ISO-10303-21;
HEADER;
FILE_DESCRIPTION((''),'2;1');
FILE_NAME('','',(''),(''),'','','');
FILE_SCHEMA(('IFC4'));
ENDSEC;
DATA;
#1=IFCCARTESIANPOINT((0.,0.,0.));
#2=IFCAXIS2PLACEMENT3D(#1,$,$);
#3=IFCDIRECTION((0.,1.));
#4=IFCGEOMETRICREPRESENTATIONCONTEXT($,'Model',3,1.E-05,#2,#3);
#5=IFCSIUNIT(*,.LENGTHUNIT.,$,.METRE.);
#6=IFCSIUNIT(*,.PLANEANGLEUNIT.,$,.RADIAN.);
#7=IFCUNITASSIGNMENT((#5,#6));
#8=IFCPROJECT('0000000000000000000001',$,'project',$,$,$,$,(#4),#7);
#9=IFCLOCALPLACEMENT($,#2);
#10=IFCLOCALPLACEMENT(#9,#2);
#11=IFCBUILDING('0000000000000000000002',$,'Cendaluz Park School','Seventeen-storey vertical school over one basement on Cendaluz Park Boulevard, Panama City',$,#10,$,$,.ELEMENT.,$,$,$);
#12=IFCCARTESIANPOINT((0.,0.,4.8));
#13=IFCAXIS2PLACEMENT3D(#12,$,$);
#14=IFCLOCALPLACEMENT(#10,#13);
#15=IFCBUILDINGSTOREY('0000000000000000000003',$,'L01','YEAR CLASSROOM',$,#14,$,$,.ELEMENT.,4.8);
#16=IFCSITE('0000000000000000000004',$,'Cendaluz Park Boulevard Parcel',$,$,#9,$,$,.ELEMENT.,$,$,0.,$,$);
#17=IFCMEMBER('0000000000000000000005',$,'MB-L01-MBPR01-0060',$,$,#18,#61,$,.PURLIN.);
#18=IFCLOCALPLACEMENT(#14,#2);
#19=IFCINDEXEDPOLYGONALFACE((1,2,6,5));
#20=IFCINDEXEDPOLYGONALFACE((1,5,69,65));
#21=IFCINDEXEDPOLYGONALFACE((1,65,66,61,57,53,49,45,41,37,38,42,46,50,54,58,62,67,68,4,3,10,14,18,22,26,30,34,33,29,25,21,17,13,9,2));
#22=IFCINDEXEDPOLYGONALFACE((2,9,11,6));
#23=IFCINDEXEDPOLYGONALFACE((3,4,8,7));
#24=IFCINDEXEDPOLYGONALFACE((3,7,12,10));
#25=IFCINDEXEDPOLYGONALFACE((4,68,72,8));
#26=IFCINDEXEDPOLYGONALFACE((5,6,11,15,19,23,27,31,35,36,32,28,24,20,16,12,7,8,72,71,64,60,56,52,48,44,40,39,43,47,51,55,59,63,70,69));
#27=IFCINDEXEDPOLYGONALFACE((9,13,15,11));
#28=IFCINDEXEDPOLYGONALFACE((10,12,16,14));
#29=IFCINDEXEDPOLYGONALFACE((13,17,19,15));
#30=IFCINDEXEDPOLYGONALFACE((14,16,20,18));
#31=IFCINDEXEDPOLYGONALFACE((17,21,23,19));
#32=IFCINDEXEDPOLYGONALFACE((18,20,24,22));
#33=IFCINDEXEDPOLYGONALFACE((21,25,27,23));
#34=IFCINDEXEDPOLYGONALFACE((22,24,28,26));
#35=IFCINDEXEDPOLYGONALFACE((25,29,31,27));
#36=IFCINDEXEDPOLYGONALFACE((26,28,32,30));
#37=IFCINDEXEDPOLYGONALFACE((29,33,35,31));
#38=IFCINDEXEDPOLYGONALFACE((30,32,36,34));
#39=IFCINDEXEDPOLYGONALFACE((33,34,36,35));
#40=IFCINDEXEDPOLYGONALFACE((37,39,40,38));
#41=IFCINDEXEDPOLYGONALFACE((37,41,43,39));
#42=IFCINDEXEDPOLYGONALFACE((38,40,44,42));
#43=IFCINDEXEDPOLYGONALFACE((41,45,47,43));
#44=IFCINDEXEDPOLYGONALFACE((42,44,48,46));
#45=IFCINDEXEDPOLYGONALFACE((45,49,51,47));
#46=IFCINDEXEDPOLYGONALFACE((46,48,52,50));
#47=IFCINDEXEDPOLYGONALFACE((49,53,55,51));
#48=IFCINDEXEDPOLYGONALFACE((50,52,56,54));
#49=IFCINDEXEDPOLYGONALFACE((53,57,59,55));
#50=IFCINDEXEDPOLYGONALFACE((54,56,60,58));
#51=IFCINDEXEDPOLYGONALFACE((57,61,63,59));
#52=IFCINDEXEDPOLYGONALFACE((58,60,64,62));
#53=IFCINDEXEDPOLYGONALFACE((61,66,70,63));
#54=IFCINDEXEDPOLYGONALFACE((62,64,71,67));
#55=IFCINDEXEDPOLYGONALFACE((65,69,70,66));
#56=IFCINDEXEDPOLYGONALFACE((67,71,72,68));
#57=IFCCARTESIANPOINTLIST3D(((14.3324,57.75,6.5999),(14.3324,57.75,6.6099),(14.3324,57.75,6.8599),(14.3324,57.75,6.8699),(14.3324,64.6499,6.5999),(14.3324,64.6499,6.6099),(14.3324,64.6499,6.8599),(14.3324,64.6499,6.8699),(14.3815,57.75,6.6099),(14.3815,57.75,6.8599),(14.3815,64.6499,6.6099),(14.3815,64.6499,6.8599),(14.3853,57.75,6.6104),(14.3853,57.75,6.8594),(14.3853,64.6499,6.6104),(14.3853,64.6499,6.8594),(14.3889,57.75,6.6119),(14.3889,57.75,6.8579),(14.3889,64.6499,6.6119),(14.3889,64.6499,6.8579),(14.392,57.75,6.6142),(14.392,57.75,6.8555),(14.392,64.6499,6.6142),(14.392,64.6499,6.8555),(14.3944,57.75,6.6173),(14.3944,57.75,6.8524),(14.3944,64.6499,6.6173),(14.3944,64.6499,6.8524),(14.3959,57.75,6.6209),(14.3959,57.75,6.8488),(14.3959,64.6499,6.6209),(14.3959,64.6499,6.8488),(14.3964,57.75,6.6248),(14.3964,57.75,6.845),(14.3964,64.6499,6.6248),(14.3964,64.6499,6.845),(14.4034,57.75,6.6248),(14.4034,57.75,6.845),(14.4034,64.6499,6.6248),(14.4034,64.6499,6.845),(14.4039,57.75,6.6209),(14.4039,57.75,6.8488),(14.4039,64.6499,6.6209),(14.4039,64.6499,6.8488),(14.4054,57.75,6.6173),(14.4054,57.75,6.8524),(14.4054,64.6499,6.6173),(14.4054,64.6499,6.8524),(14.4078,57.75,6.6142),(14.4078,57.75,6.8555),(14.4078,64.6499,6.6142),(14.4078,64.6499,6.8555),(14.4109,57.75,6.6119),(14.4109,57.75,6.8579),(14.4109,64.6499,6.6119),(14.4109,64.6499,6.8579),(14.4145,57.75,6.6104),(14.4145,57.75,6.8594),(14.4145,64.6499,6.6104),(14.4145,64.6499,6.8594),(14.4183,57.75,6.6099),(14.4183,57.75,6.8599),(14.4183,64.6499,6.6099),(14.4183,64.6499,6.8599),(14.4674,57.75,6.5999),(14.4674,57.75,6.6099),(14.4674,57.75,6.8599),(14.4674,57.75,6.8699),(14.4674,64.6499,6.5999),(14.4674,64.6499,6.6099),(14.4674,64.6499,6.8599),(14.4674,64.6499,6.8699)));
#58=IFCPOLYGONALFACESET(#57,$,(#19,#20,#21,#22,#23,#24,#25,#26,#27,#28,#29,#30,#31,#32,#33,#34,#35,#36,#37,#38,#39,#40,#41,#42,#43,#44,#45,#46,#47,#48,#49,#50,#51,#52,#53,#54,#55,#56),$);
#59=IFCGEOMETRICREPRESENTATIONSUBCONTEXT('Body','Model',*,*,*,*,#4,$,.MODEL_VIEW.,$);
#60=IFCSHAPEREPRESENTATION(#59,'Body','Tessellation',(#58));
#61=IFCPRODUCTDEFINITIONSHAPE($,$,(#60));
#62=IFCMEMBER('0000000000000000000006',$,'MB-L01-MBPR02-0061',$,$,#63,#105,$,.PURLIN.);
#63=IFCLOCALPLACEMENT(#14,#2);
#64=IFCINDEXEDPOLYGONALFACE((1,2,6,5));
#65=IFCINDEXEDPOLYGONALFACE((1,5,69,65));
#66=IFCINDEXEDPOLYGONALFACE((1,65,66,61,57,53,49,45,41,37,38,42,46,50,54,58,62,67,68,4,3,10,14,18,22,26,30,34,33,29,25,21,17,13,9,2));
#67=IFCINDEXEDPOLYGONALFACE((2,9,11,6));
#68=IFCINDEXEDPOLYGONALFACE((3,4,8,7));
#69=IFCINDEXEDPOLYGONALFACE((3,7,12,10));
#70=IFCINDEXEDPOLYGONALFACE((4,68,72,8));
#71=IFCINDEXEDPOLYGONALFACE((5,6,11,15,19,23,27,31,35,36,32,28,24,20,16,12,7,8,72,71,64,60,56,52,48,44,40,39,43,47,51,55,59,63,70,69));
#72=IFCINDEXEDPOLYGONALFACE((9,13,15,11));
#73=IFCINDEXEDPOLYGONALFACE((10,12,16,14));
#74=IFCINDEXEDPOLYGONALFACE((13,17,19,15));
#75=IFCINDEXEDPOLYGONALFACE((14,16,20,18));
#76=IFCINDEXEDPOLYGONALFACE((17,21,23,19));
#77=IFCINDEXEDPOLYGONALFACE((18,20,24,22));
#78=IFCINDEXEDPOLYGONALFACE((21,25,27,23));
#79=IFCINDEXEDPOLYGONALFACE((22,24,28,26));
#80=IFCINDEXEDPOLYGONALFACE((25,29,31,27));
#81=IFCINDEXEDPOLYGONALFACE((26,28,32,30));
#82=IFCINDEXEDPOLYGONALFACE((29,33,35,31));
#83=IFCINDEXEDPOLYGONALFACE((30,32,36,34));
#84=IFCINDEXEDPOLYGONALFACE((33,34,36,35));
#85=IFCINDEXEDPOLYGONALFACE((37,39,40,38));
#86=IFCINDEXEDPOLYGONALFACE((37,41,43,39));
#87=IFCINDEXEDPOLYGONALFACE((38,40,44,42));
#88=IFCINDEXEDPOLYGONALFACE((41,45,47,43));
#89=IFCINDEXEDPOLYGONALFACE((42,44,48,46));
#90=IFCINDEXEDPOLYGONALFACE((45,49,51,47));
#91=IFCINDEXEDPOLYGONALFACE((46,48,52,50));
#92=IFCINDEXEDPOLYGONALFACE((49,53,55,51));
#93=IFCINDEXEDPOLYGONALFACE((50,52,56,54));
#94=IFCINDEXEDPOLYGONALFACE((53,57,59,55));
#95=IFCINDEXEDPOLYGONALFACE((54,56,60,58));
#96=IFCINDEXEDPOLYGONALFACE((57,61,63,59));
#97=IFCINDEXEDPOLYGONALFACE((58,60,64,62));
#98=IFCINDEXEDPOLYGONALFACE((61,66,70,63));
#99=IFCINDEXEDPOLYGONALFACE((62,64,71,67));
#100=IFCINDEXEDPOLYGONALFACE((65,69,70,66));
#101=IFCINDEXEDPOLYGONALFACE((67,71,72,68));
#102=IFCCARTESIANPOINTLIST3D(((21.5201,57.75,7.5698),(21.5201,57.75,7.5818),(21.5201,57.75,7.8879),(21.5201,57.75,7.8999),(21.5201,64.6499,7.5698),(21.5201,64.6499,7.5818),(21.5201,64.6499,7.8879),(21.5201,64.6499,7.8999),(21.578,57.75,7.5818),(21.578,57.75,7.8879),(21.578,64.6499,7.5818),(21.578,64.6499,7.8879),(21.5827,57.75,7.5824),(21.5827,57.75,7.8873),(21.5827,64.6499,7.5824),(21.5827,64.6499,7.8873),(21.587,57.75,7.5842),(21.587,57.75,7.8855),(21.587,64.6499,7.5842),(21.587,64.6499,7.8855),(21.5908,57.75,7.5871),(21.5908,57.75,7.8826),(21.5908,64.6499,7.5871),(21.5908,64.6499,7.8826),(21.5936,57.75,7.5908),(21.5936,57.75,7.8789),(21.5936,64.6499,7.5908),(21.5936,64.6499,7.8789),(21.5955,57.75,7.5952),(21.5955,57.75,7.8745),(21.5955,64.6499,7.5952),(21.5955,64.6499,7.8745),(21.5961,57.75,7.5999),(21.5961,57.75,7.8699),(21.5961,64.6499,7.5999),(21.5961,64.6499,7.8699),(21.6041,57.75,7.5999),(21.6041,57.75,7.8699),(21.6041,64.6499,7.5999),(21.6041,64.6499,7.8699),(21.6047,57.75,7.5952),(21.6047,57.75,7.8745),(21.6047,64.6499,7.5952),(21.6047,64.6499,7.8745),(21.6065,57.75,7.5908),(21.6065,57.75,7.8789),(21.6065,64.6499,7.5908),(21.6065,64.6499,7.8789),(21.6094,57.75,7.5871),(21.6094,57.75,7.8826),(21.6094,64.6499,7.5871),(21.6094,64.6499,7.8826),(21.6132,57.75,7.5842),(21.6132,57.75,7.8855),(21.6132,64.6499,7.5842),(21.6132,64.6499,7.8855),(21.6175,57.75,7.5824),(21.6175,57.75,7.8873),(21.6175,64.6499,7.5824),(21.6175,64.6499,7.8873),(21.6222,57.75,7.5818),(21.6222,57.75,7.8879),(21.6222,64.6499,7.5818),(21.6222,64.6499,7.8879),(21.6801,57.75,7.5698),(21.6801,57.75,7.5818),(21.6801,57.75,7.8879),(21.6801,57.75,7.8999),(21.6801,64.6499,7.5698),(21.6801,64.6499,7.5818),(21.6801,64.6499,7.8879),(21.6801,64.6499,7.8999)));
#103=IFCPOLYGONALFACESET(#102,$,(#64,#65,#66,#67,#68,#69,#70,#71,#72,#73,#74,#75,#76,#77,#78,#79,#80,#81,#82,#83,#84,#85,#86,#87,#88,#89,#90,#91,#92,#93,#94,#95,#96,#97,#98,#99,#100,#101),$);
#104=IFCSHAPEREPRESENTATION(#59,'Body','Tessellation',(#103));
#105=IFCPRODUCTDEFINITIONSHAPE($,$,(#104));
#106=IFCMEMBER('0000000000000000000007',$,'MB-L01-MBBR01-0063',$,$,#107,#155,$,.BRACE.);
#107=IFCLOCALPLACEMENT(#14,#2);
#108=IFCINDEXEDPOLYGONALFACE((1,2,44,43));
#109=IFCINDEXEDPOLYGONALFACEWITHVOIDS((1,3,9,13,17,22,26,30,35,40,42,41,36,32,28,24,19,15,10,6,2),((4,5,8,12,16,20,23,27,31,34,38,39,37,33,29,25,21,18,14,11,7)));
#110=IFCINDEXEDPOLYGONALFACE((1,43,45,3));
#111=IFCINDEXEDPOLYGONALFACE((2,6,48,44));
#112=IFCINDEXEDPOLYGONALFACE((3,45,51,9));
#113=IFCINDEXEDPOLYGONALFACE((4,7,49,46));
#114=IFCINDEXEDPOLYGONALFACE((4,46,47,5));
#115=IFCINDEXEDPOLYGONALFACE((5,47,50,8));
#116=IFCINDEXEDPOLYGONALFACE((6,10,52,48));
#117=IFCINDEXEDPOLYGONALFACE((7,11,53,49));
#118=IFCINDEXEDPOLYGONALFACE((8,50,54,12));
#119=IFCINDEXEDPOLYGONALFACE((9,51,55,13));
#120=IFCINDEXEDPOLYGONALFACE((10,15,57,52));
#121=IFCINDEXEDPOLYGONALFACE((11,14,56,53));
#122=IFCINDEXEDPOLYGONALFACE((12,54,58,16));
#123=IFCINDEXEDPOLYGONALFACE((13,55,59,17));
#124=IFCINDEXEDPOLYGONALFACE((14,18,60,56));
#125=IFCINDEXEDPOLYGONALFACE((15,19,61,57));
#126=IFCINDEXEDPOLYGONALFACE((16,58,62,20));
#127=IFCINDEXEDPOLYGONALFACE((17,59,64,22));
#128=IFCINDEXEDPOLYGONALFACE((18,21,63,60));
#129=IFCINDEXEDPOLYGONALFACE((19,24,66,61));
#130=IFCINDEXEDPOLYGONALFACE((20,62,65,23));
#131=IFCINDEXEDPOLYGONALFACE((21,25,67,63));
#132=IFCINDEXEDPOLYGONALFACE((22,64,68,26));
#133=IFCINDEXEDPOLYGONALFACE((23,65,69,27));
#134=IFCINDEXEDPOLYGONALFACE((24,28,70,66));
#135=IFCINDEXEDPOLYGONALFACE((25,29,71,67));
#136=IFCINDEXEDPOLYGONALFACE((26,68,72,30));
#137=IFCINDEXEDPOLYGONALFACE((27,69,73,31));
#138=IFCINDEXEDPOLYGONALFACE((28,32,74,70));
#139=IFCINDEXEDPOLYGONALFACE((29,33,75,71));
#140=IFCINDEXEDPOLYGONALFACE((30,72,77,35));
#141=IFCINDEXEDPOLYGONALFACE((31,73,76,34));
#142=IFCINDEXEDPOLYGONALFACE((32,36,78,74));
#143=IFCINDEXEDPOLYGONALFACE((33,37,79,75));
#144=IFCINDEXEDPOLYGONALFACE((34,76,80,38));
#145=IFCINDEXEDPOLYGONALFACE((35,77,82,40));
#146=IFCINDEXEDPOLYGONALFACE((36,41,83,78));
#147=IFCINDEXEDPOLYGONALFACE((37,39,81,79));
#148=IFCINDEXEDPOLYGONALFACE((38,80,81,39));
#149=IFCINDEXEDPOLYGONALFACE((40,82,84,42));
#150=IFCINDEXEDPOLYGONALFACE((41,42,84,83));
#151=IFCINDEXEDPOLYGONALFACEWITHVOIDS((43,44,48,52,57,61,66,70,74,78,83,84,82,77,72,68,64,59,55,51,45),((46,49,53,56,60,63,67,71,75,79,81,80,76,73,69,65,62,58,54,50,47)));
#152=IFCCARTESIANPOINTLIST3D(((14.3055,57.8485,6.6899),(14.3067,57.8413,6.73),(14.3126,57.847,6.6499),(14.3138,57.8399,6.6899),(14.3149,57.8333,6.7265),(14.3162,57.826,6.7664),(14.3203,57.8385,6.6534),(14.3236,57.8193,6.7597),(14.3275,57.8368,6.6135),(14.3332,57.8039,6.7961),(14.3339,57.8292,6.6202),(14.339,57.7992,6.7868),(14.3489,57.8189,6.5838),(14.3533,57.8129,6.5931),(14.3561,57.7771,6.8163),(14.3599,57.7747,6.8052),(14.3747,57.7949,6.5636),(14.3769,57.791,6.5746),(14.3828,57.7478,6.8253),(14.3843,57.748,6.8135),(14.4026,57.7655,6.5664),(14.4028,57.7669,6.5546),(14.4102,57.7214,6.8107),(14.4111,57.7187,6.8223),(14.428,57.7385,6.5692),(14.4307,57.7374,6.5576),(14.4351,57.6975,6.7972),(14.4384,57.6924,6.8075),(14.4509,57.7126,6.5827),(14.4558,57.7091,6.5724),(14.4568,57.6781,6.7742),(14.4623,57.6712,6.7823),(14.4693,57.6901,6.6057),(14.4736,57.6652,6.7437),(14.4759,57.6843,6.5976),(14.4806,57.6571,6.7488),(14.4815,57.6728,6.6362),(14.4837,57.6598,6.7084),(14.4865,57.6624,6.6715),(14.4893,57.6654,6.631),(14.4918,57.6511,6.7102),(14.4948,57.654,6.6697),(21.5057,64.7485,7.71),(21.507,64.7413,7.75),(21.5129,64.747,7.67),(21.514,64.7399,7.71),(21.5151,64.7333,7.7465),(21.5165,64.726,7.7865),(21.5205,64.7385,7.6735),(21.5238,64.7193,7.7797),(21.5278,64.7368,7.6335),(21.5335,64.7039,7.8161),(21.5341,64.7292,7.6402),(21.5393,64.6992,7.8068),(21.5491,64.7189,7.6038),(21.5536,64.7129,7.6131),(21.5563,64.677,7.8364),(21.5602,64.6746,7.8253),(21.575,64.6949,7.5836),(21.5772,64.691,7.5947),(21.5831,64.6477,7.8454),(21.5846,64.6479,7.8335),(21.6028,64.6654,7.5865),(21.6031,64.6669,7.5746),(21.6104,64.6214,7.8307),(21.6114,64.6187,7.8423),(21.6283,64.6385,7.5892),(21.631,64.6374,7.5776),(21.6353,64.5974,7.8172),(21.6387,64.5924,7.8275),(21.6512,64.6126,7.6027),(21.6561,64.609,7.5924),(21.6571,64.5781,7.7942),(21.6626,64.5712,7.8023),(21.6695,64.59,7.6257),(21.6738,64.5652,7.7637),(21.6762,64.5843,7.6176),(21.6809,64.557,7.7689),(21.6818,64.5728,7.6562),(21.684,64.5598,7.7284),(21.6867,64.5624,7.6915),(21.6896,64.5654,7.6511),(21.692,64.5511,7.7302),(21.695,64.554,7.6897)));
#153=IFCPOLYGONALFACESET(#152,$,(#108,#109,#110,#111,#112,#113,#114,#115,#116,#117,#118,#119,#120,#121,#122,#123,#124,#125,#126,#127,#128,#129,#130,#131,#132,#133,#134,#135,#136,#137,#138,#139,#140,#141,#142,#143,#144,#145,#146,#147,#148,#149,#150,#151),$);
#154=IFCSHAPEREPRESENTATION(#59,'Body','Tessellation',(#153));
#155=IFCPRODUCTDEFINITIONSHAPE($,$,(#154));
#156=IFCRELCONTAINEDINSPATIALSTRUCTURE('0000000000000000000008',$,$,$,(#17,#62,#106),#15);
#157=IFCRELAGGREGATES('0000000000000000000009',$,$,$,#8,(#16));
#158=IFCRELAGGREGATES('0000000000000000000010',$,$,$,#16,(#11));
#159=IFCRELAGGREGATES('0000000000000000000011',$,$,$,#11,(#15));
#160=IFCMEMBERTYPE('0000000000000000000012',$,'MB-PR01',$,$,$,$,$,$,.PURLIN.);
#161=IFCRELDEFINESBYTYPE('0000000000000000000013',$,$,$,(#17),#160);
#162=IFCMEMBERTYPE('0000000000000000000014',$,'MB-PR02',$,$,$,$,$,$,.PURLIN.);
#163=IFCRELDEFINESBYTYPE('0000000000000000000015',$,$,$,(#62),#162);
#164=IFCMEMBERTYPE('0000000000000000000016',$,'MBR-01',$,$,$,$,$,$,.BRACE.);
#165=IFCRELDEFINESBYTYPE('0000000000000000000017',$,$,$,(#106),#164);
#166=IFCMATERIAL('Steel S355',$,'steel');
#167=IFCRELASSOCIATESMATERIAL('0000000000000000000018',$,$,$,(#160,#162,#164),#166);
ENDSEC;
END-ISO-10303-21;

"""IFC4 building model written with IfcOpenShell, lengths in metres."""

from ifc_helpers import new_model, si_unit, direction, frame, origin, origin_2d, place, context, subcontext, project, spatial, hollow_circle, i_section, extrude, material, material_profile, profile_set, type_object, element, save


model = new_model("IFC4")

# Units and contexts
model_context = context("Model", 3, precision=1e-05, world=origin(), true_north=direction((0.0, 1.0)))
body_context = subcontext(model_context, "Body", "Model", "MODEL_VIEW")
ifc_project = project(units=[si_unit("LENGTHUNIT", "METRE"), si_unit("PLANEANGLEUNIT", "RADIAN")], contexts=[model_context])

# Site, building, storey
site_placement = place(None, origin())
site = spatial("IfcSite", under=ifc_project, at=site_placement, Name="Cendaluz Park Boulevard Parcel", CompositionType="ELEMENT", RefElevation=0.0)
building_placement = place(site_placement, origin())
building = spatial("IfcBuilding", under=site, at=building_placement, Name="Cendaluz Park School", Description="Seventeen-storey vertical school over one basement on Cendaluz Park Boulevard, Panama City", CompositionType="ELEMENT")
storey_placement = place(building_placement, frame((0.0, 0.0, 4.8)))
storey = spatial("IfcBuildingStorey", under=building, at=storey_placement, Name="L01", Description="YEAR CLASSROOM", CompositionType="ELEMENT", Elevation=4.8)

# Members
ifc_material_1 = material(Name="Steel S355", Category="steel")
ifc_material_profile_1 = material_profile(ifc_material_1, i_section(OverallWidth=0.135, OverallDepth=0.27, WebThickness=0.0071, FlangeThickness=0.01, FilletRadius=0.0149, at=origin_2d()), Name="IPE 270", Category="steel")
ifc_profile_set_1 = profile_set([ifc_material_profile_1], Name="Steel S355")
member_type_1 = type_object("IfcMemberType", Name="MB-PR01", PredefinedType="PURLIN", material=ifc_profile_set_1)
member_1_placement = place(storey_placement, frame((14.3999, 57.75, 6.7349), z_axis=(0.0, 1.0, 0.0), x_axis=(-1.0, 0.0, 0.0)))
element("IfcMember", 1, at=member_1_placement, inside=storey, type_object=member_type_1, Name="MB-L01-MBPR01-0060", PredefinedType="PURLIN", context=body_context, shape_type="SweptSolid", body=[
    extrude(i_section(OverallWidth=0.135, OverallDepth=0.27, WebThickness=0.0071, FlangeThickness=0.01, FilletRadius=0.0149, at=origin_2d()), origin(), (0.0, 0.0, 1.0), 6.8999),
])
ifc_material_profile_2 = material_profile(ifc_material_1, i_section(OverallWidth=0.1599, OverallDepth=0.3301, WebThickness=0.0081, FlangeThickness=0.012, FilletRadius=0.0181, at=origin_2d()), Name="IPE 330", Category="steel")
ifc_profile_set_2 = profile_set([ifc_material_profile_2], Name="Steel S355")
member_type_2 = type_object("IfcMemberType", Name="MB-PR02", PredefinedType="PURLIN", material=ifc_profile_set_2)
member_2_placement = place(storey_placement, frame((21.6001, 57.75, 7.7349), z_axis=(0.0, 1.0, 0.0), x_axis=(-1.0, 0.0, 0.0)))
element("IfcMember", 2, at=member_2_placement, inside=storey, type_object=member_type_2, Name="MB-L01-MBPR02-0061", PredefinedType="PURLIN", context=body_context, shape_type="SweptSolid", body=[
    extrude(i_section(OverallWidth=0.1599, OverallDepth=0.3301, WebThickness=0.0081, FlangeThickness=0.012, FilletRadius=0.0181, at=origin_2d()), origin(), (0.0, 0.0, 1.0), 6.8999),
])
ifc_material_profile_3 = material_profile(ifc_material_1, hollow_circle(Radius=0.1365, WallThickness=0.012, at=origin_2d()), Name="CHS 273x12", Category="steel")
ifc_profile_set_3 = profile_set([ifc_material_profile_3], Name="Steel S355")
member_type_3 = type_object("IfcMemberType", Name="MBR-01", PredefinedType="BRACE", material=ifc_profile_set_3)
member_3_placement = place(storey_placement, frame((14.3999, 57.75, 6.6899), z_axis=(0.718255, 0.688299, 0.101752), x_axis=(-0.69189, 0.722002, 0.0)))
element("IfcMember", 3, at=member_3_placement, inside=storey, type_object=member_type_3, Name="MB-L01-MBBR01-0063", PredefinedType="BRACE", context=body_context, shape_type="SweptSolid", body=[
    extrude(hollow_circle(Radius=0.1365, WallThickness=0.012, at=origin_2d()), origin(), (0.0, 0.0, 1.0), 10.0247),
])

save(model, "model.ifc")
